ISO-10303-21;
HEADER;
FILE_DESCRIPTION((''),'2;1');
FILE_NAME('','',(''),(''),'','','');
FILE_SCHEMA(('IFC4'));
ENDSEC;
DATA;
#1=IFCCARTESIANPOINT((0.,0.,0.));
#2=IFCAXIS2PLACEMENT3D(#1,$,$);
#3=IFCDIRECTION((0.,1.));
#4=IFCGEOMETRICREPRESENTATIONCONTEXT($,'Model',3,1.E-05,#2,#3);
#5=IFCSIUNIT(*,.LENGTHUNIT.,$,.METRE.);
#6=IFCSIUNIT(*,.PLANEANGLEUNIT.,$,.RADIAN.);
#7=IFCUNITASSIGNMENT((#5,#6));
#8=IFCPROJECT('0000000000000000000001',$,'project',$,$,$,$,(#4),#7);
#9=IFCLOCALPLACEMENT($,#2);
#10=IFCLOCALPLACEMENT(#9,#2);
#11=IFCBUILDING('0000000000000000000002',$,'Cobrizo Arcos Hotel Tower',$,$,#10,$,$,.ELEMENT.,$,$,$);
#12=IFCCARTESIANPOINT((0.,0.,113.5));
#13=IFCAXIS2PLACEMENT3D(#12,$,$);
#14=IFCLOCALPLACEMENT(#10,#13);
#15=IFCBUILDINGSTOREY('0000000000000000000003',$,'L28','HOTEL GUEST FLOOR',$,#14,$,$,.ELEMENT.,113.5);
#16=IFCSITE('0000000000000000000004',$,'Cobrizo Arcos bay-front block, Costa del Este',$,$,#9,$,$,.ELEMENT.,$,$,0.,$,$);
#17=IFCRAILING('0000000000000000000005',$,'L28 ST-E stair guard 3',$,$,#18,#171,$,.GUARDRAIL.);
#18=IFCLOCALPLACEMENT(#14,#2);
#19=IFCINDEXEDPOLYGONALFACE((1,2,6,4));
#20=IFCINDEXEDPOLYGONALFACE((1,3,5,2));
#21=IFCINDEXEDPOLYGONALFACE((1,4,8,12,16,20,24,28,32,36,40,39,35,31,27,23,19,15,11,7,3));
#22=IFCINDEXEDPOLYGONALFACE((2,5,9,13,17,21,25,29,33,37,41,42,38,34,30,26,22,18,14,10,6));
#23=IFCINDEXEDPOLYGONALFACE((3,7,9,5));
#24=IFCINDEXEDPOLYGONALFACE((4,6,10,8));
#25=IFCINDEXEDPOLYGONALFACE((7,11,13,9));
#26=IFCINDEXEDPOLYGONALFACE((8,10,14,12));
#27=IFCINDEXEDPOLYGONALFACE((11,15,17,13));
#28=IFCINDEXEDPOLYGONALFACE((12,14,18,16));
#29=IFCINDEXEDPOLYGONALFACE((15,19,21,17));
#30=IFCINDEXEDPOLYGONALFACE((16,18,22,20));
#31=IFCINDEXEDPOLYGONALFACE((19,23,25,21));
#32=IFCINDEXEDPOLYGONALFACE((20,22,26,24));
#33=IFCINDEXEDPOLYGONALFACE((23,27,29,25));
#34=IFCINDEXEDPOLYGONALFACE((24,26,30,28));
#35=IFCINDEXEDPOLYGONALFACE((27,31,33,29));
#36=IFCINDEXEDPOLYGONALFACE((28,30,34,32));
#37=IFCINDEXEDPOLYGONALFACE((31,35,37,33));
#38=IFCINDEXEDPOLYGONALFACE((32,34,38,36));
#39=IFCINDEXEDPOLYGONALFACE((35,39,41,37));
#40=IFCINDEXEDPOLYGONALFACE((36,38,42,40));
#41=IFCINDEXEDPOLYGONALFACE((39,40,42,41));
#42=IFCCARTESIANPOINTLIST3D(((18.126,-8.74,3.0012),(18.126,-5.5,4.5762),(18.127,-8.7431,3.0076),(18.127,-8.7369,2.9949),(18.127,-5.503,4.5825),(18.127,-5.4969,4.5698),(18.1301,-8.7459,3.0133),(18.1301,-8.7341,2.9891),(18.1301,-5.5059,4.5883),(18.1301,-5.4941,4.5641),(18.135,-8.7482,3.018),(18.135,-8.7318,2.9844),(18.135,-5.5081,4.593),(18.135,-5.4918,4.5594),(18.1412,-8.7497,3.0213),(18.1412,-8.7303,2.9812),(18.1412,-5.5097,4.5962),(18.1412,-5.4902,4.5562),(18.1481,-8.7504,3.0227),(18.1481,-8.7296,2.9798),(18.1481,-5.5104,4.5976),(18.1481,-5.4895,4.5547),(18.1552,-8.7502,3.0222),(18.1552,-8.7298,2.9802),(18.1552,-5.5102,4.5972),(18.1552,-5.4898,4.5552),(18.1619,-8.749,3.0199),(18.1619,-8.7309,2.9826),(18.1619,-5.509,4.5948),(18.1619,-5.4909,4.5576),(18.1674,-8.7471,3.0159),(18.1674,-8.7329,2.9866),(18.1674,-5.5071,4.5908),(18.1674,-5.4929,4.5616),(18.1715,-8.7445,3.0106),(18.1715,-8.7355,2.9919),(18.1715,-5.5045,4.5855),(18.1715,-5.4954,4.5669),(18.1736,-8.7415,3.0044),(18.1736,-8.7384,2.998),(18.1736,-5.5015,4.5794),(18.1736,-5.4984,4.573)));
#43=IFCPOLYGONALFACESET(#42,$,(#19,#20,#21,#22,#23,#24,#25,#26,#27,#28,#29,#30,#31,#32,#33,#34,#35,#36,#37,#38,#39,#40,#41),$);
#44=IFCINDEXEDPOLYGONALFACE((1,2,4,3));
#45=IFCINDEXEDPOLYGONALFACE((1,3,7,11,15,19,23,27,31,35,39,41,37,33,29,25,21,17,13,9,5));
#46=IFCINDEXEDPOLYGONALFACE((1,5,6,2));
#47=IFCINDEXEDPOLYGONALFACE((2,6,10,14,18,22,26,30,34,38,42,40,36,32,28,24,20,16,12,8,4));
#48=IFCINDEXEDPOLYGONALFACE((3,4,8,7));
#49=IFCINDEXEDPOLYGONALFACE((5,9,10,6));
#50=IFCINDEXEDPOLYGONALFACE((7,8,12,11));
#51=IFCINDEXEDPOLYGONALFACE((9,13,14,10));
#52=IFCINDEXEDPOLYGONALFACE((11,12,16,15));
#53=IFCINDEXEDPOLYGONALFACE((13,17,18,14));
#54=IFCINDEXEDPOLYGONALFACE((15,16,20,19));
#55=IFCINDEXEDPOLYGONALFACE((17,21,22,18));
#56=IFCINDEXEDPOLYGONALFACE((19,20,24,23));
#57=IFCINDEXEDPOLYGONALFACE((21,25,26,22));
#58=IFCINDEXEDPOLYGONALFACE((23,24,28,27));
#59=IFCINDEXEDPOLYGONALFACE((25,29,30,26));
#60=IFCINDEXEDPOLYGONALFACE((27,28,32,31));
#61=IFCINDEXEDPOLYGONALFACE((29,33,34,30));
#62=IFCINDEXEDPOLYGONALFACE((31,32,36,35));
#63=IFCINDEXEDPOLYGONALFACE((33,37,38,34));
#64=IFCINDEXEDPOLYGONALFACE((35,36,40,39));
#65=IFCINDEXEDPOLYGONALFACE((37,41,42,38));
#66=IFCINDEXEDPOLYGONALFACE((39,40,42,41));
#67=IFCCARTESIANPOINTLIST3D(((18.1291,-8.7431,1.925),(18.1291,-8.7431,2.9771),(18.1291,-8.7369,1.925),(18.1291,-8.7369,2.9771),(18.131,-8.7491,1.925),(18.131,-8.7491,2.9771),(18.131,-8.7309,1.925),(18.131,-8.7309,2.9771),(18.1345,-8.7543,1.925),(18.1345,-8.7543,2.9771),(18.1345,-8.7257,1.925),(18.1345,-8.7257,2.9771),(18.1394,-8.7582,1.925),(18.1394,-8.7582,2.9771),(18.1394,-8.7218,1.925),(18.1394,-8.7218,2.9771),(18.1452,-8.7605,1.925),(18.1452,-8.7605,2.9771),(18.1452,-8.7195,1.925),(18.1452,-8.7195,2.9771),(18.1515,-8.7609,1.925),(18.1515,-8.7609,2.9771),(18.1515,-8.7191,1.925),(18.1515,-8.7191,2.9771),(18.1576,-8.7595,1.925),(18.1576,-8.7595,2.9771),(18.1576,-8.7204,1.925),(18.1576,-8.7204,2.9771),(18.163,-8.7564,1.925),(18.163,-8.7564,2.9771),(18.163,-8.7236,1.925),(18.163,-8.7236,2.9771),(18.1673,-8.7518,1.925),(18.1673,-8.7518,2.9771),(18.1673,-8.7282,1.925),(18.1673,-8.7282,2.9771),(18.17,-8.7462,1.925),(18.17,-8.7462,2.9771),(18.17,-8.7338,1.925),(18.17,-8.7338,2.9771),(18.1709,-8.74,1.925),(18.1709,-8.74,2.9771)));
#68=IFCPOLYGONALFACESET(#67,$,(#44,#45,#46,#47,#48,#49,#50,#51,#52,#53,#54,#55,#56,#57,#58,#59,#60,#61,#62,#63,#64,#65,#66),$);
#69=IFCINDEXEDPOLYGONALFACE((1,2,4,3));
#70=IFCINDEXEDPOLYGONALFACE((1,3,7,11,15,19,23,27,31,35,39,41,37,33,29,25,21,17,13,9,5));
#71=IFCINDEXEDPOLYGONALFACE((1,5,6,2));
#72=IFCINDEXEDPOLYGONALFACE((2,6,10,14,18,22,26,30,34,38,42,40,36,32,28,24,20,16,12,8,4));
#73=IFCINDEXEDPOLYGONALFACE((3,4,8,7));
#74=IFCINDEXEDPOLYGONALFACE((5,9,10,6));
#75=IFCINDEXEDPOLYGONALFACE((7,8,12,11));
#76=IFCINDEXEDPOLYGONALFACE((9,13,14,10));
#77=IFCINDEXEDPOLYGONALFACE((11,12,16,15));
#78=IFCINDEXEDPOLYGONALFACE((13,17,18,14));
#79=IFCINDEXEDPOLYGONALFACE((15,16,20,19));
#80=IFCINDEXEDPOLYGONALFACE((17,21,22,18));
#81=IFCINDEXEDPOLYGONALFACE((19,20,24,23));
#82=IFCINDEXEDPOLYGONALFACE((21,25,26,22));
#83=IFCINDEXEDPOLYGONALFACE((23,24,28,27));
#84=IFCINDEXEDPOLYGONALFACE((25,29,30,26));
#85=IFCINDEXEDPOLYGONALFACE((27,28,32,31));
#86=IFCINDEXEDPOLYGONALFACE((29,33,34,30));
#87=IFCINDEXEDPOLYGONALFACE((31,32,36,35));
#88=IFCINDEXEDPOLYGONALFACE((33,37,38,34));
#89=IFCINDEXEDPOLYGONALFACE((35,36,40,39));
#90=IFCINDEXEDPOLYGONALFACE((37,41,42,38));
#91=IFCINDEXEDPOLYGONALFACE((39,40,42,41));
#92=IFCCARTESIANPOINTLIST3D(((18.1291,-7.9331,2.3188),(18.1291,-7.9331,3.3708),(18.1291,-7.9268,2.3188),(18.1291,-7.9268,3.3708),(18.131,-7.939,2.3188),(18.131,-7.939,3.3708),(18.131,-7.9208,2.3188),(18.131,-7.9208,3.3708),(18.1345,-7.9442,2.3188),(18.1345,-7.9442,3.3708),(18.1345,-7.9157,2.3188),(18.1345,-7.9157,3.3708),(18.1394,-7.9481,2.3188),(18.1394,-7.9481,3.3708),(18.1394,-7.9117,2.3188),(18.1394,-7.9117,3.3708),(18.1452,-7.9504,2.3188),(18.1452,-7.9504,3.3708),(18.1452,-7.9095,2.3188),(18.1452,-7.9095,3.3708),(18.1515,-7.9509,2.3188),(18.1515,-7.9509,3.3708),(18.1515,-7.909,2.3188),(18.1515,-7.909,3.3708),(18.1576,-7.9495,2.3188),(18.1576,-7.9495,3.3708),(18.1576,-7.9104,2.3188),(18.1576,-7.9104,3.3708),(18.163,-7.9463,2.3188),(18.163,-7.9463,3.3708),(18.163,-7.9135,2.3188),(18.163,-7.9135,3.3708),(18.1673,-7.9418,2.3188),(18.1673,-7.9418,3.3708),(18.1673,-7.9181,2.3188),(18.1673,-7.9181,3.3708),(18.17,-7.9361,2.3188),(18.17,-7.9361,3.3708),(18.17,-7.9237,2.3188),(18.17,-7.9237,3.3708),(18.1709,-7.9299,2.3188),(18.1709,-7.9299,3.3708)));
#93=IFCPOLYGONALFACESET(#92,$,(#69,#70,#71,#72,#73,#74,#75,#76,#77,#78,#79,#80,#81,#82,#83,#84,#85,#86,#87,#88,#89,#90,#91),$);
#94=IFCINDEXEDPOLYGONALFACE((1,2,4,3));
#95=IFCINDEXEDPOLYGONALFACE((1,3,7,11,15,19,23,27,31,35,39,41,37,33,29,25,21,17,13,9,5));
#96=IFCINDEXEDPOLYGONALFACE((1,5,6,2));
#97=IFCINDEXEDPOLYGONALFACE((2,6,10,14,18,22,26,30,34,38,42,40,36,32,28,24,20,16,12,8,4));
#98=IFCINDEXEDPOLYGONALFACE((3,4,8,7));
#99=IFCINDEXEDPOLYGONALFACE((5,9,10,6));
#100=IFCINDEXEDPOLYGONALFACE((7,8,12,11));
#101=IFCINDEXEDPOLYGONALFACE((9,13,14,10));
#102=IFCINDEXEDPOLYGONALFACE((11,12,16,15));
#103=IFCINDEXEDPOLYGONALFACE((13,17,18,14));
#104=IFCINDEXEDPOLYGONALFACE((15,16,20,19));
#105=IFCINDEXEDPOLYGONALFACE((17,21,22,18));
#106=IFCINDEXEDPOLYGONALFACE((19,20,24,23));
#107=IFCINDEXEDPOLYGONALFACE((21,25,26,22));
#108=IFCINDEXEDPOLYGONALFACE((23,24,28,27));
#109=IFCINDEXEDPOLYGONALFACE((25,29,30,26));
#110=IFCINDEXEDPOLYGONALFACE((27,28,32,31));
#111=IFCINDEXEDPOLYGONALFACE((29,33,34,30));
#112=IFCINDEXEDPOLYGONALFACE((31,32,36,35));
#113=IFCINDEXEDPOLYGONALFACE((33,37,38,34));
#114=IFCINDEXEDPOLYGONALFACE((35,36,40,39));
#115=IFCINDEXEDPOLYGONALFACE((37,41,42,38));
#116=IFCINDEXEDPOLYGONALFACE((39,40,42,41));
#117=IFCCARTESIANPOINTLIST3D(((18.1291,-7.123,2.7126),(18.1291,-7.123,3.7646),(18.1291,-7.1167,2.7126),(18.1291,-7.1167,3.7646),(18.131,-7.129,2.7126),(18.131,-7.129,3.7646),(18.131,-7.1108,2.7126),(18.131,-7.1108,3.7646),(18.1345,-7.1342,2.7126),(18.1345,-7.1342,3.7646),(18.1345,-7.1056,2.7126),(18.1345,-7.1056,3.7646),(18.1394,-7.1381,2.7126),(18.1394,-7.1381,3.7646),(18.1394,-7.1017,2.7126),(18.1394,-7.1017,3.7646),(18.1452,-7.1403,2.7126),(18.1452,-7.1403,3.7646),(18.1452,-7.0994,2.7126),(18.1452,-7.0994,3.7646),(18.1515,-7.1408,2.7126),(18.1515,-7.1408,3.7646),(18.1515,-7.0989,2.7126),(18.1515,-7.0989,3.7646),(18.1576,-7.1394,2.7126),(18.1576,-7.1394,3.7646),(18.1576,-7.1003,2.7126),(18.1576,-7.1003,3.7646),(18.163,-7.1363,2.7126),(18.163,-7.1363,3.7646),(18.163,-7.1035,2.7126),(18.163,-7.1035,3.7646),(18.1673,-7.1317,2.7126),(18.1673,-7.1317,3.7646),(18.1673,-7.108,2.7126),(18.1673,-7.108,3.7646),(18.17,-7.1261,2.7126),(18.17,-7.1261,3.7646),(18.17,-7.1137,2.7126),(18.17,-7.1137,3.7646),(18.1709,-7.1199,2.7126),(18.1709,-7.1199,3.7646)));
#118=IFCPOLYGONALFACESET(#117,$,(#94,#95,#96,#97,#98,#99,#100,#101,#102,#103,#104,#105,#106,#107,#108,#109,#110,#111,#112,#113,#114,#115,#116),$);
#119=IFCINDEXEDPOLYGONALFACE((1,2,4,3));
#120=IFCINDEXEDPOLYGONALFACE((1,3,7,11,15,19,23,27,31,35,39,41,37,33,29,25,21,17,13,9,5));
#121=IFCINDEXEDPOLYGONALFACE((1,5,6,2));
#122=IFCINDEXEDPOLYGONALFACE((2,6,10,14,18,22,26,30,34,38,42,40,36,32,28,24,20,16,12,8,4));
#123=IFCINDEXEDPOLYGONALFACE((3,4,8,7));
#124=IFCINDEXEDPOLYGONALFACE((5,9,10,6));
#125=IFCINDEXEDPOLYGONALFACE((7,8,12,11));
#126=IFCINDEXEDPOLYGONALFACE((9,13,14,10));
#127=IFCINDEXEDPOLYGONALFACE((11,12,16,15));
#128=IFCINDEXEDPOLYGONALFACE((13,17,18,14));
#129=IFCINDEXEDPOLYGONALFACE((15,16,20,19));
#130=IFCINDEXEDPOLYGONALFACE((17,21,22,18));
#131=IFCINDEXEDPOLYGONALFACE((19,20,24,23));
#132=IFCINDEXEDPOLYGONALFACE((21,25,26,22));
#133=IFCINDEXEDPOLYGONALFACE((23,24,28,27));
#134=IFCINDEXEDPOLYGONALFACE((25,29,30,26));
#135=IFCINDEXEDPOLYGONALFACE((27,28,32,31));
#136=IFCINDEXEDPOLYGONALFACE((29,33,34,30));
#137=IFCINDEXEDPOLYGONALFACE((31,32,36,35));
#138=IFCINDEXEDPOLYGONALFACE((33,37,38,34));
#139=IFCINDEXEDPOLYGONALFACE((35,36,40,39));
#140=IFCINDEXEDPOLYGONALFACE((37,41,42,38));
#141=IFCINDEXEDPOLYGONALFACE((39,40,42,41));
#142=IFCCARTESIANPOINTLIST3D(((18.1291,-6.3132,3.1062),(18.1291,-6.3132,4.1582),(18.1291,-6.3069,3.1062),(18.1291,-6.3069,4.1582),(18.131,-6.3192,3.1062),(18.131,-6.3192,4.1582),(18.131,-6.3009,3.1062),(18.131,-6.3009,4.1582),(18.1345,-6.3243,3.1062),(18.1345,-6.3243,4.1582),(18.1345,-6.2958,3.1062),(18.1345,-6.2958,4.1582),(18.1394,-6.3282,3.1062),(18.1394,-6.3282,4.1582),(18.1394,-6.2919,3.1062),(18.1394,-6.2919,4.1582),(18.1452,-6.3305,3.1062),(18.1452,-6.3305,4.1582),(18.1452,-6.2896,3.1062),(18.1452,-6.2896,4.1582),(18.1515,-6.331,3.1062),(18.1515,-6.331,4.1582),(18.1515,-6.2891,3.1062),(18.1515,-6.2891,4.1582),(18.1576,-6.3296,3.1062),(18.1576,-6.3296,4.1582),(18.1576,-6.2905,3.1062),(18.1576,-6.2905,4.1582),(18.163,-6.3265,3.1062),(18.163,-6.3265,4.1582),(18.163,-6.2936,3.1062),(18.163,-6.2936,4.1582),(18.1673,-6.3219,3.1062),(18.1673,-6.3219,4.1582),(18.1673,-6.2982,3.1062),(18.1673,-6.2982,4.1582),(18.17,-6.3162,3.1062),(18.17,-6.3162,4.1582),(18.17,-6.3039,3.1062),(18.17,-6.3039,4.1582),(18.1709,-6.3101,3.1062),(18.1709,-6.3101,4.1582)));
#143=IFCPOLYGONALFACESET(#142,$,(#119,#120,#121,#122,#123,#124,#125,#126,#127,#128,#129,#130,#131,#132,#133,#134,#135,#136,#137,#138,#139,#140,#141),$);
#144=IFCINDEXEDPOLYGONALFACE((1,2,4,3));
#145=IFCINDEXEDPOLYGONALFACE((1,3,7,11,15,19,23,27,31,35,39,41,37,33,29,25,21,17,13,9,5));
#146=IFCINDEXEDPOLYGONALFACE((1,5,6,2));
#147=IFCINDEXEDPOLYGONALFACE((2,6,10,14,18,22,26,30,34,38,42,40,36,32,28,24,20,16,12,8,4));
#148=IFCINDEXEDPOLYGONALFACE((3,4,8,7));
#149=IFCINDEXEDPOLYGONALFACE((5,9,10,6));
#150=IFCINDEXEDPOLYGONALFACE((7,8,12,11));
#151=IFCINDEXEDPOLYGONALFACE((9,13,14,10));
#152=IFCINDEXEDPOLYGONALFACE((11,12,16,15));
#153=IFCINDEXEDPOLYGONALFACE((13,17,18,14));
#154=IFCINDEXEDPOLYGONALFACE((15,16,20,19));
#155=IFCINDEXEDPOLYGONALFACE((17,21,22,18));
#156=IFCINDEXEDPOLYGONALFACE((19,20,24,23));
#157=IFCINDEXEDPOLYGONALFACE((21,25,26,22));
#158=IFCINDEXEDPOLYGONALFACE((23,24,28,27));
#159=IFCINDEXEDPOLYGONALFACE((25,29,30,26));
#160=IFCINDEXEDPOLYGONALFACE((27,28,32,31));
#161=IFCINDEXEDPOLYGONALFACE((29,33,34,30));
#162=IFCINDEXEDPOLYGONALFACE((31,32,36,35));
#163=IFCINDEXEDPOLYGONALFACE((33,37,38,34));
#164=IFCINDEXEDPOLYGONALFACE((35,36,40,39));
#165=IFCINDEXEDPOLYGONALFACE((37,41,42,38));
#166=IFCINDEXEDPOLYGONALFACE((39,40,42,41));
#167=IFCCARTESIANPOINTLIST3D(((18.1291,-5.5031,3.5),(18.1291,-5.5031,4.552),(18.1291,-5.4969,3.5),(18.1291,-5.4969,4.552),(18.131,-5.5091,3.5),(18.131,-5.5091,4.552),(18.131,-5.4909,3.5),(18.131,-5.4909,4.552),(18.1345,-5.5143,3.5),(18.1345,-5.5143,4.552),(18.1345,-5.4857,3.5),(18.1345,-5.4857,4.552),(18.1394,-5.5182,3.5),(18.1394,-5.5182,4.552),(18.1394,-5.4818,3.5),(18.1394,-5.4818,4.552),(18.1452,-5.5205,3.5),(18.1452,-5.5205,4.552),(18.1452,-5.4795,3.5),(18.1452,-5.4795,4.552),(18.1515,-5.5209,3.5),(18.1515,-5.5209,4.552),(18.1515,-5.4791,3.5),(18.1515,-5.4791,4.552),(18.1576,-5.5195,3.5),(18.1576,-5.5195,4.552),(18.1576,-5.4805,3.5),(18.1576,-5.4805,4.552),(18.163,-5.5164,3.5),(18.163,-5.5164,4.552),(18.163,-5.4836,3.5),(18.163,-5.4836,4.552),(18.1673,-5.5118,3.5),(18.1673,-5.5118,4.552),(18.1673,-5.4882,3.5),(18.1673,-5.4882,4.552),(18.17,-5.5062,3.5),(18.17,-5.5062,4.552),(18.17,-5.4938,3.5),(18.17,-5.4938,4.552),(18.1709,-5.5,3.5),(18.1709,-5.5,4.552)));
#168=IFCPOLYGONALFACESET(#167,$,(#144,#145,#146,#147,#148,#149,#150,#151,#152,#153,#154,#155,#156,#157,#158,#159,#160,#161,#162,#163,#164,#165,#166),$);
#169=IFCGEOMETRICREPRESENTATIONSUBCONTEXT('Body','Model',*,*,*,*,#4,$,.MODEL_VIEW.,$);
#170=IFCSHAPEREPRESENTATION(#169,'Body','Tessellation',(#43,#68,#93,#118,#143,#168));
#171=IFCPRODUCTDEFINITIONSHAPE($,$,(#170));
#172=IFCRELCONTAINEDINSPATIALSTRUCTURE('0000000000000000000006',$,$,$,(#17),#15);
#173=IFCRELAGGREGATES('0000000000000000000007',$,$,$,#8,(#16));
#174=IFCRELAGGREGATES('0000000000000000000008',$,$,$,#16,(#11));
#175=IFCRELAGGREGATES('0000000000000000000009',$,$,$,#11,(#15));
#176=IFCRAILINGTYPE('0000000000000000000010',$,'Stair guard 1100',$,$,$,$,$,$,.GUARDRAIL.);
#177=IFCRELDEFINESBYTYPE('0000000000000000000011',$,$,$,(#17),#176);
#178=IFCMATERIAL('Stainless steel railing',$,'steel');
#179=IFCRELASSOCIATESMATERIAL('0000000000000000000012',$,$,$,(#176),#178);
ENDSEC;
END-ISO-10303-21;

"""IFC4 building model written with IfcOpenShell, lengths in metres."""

from ifc_helpers import new_model, si_unit, direction, frame, origin, origin_2d, place, context, subcontext, project, spatial, circle, extrude, material, type_object, element, save


model = new_model("IFC4")

# Units and contexts
model_context = context("Model", 3, precision=1e-05, world=origin(), true_north=direction((0.0, 1.0)))
body_context = subcontext(model_context, "Body", "Model", "MODEL_VIEW")
ifc_project = project(units=[si_unit("LENGTHUNIT", "METRE"), si_unit("PLANEANGLEUNIT", "RADIAN")], contexts=[model_context])

# Site, building, storey
site_placement = place(None, origin())
site = spatial("IfcSite", under=ifc_project, at=site_placement, Name="Cobrizo Arcos bay-front block, Costa del Este", CompositionType="ELEMENT", RefElevation=0.0)
building_placement = place(site_placement, origin())
building = spatial("IfcBuilding", under=site, at=building_placement, Name="Cobrizo Arcos Hotel Tower", CompositionType="ELEMENT")
storey_placement = place(building_placement, frame((0.0, 0.0, 113.5)))
storey = spatial("IfcBuildingStorey", under=building, at=storey_placement, Name="L28", Description="HOTEL GUEST FLOOR", CompositionType="ELEMENT", Elevation=113.5)

# Railing
ifc_material_1 = material(Name="Stainless steel railing", Category="steel")
railing_type_1 = type_object("IfcRailingType", Name="Stair guard 1100", PredefinedType="GUARDRAIL", material=ifc_material_1)
railing_1_placement = place(storey_placement, frame((18.1499, -8.74, 1.925)))
element("IfcRailing", 1, at=railing_1_placement, inside=storey, type_object=railing_type_1, Name="L28 ST-E stair guard 3", PredefinedType="GUARDRAIL", context=body_context, shape_type="SweptSolid", body=[
    extrude(circle(Radius=0.0239, at=origin_2d()), frame((0.0, 0.0, 1.0762), z_axis=(0.0, 0.899373, 0.437183), x_axis=(-1.0, 0.0, 0.0)), (0.0, 0.0, 1.0), 3.6025),
    extrude(circle(Radius=0.021, at=origin_2d()), origin(), (0.0, 0.0, 1.0), 1.052),
    extrude(circle(Radius=0.021, at=origin_2d()), frame((0.0, 0.8101, 0.3938)), (0.0, 0.0, 1.0), 1.052),
    extrude(circle(Radius=0.021, at=origin_2d()), frame((0.0, 1.6201, 0.7876)), (0.0, 0.0, 1.0), 1.052),
    extrude(circle(Radius=0.021, at=origin_2d()), frame((0.0, 2.4299, 1.1812)), (0.0, 0.0, 1.0), 1.052),
    extrude(circle(Radius=0.021, at=origin_2d()), frame((0.0, 3.24, 1.575)), (0.0, 0.0, 1.0), 1.052),
])

save(model, "model.ifc")
